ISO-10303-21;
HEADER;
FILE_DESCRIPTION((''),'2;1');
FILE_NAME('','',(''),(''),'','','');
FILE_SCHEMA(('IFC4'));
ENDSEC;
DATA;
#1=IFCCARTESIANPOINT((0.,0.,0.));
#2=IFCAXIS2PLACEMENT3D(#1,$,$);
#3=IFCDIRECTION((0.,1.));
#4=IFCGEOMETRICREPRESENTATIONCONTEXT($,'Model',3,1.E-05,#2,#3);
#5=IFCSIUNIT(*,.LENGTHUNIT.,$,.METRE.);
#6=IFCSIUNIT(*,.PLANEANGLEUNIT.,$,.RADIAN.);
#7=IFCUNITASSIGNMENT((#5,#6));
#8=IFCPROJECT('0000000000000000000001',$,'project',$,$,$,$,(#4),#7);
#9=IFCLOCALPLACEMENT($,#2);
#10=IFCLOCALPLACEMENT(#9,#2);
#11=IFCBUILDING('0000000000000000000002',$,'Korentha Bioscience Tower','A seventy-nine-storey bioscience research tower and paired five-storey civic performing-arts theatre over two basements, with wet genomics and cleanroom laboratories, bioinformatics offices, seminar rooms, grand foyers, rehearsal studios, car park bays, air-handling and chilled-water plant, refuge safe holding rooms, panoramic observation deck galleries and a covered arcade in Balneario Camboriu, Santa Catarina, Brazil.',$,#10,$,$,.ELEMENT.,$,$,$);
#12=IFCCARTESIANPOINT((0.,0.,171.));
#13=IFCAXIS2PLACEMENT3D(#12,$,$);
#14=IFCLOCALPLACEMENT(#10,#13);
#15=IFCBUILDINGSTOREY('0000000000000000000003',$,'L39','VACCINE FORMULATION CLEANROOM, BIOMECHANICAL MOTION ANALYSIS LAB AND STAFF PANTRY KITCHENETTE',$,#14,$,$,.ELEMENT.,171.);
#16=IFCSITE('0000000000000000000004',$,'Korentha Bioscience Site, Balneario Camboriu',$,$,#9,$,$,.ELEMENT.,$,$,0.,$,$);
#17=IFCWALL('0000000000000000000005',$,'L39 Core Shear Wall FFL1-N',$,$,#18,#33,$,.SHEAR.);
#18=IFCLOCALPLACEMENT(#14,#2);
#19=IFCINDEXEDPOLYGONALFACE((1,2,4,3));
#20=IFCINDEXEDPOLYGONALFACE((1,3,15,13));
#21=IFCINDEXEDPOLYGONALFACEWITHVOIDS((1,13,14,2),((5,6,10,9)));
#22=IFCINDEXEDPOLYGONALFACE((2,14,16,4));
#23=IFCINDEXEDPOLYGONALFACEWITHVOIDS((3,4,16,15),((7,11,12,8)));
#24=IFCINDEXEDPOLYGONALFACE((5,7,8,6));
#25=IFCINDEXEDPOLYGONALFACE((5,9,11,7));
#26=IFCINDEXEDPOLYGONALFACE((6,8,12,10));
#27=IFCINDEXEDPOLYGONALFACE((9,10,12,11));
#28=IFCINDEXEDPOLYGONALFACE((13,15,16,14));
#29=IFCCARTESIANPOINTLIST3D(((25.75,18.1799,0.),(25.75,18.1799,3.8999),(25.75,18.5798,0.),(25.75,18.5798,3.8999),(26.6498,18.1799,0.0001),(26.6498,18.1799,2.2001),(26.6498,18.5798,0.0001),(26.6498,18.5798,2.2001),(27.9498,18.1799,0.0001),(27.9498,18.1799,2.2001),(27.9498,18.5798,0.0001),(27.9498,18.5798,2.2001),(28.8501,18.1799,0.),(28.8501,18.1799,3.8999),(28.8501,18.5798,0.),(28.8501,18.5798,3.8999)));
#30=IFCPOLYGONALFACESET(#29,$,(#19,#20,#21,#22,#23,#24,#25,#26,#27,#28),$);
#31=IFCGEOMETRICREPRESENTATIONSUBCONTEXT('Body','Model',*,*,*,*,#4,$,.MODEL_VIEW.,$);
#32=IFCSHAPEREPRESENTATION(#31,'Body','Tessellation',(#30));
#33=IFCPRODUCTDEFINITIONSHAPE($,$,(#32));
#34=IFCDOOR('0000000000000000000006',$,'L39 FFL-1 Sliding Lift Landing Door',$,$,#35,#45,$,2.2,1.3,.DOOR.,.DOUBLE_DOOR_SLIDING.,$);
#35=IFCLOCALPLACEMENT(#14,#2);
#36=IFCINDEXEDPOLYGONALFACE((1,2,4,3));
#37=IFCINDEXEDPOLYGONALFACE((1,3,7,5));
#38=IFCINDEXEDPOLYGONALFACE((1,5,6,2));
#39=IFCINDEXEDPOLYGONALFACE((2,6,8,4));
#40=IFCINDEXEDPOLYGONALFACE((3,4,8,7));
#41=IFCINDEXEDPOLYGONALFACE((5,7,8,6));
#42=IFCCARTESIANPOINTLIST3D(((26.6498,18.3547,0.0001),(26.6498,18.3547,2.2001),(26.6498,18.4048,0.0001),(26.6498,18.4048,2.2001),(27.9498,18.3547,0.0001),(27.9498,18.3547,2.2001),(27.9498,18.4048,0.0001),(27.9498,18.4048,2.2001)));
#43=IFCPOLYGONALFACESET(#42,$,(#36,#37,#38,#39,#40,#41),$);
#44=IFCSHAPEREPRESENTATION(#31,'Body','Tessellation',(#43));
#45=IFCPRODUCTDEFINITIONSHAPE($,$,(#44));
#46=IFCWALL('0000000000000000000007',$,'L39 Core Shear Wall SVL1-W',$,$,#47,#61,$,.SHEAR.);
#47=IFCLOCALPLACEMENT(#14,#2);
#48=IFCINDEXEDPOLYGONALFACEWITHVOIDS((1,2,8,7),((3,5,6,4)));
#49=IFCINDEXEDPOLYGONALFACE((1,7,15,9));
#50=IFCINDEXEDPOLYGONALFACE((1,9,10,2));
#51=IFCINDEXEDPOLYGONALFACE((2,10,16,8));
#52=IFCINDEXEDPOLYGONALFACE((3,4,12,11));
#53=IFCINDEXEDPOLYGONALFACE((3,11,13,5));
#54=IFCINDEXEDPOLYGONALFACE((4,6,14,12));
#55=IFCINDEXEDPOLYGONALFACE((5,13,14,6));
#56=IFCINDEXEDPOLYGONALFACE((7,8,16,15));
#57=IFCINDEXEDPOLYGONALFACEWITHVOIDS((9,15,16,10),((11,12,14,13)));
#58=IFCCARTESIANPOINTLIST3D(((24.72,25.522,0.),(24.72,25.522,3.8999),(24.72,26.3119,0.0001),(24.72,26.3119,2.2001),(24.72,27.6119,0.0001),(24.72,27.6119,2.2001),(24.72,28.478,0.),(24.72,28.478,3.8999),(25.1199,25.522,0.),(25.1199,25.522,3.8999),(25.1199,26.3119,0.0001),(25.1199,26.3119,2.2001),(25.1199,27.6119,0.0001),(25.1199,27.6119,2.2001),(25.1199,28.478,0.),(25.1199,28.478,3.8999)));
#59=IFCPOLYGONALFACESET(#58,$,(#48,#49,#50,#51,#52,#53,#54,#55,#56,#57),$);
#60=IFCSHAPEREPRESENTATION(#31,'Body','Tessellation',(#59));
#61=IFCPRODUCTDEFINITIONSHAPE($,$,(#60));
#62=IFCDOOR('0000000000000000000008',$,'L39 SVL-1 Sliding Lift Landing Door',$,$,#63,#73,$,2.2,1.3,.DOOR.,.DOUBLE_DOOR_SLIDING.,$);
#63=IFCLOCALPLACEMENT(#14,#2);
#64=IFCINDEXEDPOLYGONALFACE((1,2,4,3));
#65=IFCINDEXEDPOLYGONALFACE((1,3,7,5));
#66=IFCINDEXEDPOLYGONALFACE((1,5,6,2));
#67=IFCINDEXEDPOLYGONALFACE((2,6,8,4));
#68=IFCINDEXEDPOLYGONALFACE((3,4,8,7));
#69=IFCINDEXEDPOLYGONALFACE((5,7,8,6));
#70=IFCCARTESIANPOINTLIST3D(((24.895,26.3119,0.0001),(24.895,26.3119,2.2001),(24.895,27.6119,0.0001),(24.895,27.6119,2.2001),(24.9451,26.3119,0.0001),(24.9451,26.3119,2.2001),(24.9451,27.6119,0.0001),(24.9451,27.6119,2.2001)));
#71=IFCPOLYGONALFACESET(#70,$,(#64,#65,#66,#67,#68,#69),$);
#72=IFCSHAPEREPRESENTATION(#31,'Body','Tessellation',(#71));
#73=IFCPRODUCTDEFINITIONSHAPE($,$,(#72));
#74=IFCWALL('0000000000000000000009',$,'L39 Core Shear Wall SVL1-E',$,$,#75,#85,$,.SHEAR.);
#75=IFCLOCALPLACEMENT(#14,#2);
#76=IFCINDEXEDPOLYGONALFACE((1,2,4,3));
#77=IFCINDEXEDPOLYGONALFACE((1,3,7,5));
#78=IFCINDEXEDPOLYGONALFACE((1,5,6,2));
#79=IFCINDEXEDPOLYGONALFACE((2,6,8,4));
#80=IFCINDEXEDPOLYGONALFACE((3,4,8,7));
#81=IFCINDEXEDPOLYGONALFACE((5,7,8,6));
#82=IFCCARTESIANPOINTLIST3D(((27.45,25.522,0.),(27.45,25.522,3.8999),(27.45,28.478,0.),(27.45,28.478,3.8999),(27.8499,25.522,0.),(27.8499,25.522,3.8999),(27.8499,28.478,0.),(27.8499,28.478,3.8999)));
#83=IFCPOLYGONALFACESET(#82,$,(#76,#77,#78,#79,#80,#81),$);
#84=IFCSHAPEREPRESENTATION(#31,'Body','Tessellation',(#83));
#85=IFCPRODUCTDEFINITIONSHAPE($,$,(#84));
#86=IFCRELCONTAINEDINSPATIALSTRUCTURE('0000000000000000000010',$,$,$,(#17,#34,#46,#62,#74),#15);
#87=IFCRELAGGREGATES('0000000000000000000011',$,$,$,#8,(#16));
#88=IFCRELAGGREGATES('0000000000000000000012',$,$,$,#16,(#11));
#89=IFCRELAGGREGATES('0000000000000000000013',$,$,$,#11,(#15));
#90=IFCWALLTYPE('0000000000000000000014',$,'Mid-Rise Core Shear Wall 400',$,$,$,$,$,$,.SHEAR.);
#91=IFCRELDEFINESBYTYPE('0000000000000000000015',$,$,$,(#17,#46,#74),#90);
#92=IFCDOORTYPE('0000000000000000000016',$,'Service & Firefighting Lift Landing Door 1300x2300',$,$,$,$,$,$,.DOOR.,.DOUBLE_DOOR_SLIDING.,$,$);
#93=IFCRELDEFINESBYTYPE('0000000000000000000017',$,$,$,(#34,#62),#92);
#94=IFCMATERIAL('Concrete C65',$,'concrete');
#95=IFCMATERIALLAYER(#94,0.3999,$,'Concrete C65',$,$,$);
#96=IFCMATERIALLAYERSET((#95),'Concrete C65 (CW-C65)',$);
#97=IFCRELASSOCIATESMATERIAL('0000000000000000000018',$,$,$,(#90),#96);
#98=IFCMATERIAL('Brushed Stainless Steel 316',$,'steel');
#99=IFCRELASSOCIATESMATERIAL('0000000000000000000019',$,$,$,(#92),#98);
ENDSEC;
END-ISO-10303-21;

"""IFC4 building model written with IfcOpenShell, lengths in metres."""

from ifc_helpers import new_model, si_unit, direction, frame, frame_2d, origin, place, context, subcontext, project, spatial, rectangle, extrude, material, layer, layer_set, type_object, element, fill, save


model = new_model("IFC4")

# Units and contexts
model_context = context("Model", 3, precision=1e-05, world=origin(), true_north=direction((0.0, 1.0)))
body_context = subcontext(model_context, "Body", "Model", "MODEL_VIEW")
ifc_project = project(units=[si_unit("LENGTHUNIT", "METRE"), si_unit("PLANEANGLEUNIT", "RADIAN")], contexts=[model_context])

# Site, building, storey
site_placement = place(None, origin())
site = spatial("IfcSite", under=ifc_project, at=site_placement, Name="Korentha Bioscience Site, Balneario Camboriu", CompositionType="ELEMENT", RefElevation=0.0)
building_placement = place(site_placement, origin())
building = spatial("IfcBuilding", under=site, at=building_placement, Name="Korentha Bioscience Tower", Description="A seventy-nine-storey bioscience research tower and paired five-storey civic performing-arts theatre over two basements, with wet genomics and cleanroom laboratories, bioinformatics offices, seminar rooms, grand foyers, rehearsal studios, car park bays, air-handling and chilled-water plant, refuge safe holding rooms, panoramic observation deck galleries and a covered arcade in Balneario Camboriu, Santa Catarina, Brazil.", CompositionType="ELEMENT")
storey_placement = place(building_placement, frame((0.0, 0.0, 171.0)))
storey = spatial("IfcBuildingStorey", under=building, at=storey_placement, Name="L39", Description="VACCINE FORMULATION CLEANROOM, BIOMECHANICAL MOTION ANALYSIS LAB AND STAFF PANTRY KITCHENETTE", CompositionType="ELEMENT", Elevation=171.0)

# Shared definitions
ifc_material_1 = material(Name="Concrete C65", Category="concrete")

# Shared definitions
ifc_layer_1 = layer(ifc_material_1, 0.3999, Name="Concrete C65")
ifc_layer_set_1 = layer_set([ifc_layer_1], Name="Concrete C65 (CW-C65)")
wall_type_1 = type_object("IfcWallType", Name="Mid-Rise Core Shear Wall 400", PredefinedType="SHEAR", material=ifc_layer_set_1)

# Walls, openings, doors
wall_1_placement = place(storey_placement, frame((25.75, 18.3799, 0.0), z_axis=(0.0, 0.0, 1.0), x_axis=(1.0, 0.0, 0.0)))
wall_1 = element("IfcWall", 1, at=wall_1_placement, inside=storey, type_object=wall_type_1, Name="L39 Core Shear Wall FFL1-N", PredefinedType="SHEAR", context=body_context, shape_type="SweptSolid", body=[
    extrude(rectangle(XDim=3.1001, YDim=0.3999, at=frame_2d((1.55, 0.0))), origin(), (0.0, 0.0, 1.0), 3.8999),
])
opening_1_placement = place(wall_1_placement, frame((0.8999, 0.0, 0.0)))
opening_1 = element("IfcOpeningElement", 2, at=opening_1_placement, cuts=wall_1, PredefinedType="OPENING", context=body_context, shape_type="SweptSolid", body=[
    extrude(rectangle(XDim=1.3, YDim=2.2, at=frame_2d((0.6499, 1.1001))), frame((0.0, 0.2148, 0.0), z_axis=(0.0, -1.0, 0.0), x_axis=(1.0, 0.0, 0.0)), (0.0, 0.0, 1.0), 0.4297),
])
ifc_material_2 = material(Name="Brushed Stainless Steel 316", Category="steel")
door_type_1 = type_object("IfcDoorType", Name="Service & Firefighting Lift Landing Door 1300x2300", OperationType="DOUBLE_DOOR_SLIDING", PredefinedType="DOOR", material=ifc_material_2)
door_1_placement = place(opening_1_placement, origin())
door_1 = element("IfcDoor", 3, at=door_1_placement, inside=storey, type_object=door_type_1, Name="L39 FFL-1 Sliding Lift Landing Door", OperationType="DOUBLE_DOOR_SLIDING", OverallHeight=2.2, OverallWidth=1.3, PredefinedType="DOOR", context=body_context, shape_type="SweptSolid", body=[
    extrude(rectangle(XDim=1.3, YDim=2.2, at=frame_2d((0.6499, 1.1001))), frame((0.0, 0.0249, 0.0), z_axis=(0.0, -1.0, 0.0), x_axis=(1.0, 0.0, 0.0)), (0.0, 0.0, 1.0), 0.05),
])
fill(opening_1, door_1)
wall_2_placement = place(storey_placement, frame((24.9199, 25.522, 0.0), z_axis=(0.0, 0.0, 1.0), x_axis=(0.0, 1.0, 0.0)))
wall_2 = element("IfcWall", 4, at=wall_2_placement, inside=storey, type_object=wall_type_1, Name="L39 Core Shear Wall SVL1-W", PredefinedType="SHEAR", context=body_context, shape_type="SweptSolid", body=[
    extrude(rectangle(XDim=2.9561, YDim=0.3999, at=frame_2d((1.478, 0.0))), origin(), (0.0, 0.0, 1.0), 3.8999),
])
opening_2_placement = place(wall_2_placement, frame((0.79, 0.0, 0.0)))
opening_2 = element("IfcOpeningElement", 5, at=opening_2_placement, cuts=wall_2, PredefinedType="OPENING", context=body_context, shape_type="SweptSolid", body=[
    extrude(rectangle(XDim=1.3, YDim=2.2, at=frame_2d((0.6499, 1.1001))), frame((0.0, 0.2148, 0.0), z_axis=(0.0, -1.0, 0.0), x_axis=(1.0, 0.0, 0.0)), (0.0, 0.0, 1.0), 0.4297),
])
door_2_placement = place(opening_2_placement, origin())
door_2 = element("IfcDoor", 6, at=door_2_placement, inside=storey, type_object=door_type_1, Name="L39 SVL-1 Sliding Lift Landing Door", OperationType="DOUBLE_DOOR_SLIDING", OverallHeight=2.2, OverallWidth=1.3, PredefinedType="DOOR", context=body_context, shape_type="SweptSolid", body=[
    extrude(rectangle(XDim=1.3, YDim=2.2, at=frame_2d((0.6499, 1.1001))), frame((0.0, 0.0249, 0.0), z_axis=(0.0, -1.0, 0.0), x_axis=(1.0, 0.0, 0.0)), (0.0, 0.0, 1.0), 0.05),
])
fill(opening_2, door_2)

# Wall
wall_3_placement = place(storey_placement, frame((27.6499, 25.522, 0.0), z_axis=(0.0, 0.0, 1.0), x_axis=(0.0, 1.0, 0.0)))
element("IfcWall", 7, at=wall_3_placement, inside=storey, type_object=wall_type_1, Name="L39 Core Shear Wall SVL1-E", PredefinedType="SHEAR", context=body_context, shape_type="SweptSolid", body=[
    extrude(rectangle(XDim=2.9561, YDim=0.3999, at=frame_2d((1.478, 0.0))), origin(), (0.0, 0.0, 1.0), 3.8999),
])

save(model, "model.ifc")
